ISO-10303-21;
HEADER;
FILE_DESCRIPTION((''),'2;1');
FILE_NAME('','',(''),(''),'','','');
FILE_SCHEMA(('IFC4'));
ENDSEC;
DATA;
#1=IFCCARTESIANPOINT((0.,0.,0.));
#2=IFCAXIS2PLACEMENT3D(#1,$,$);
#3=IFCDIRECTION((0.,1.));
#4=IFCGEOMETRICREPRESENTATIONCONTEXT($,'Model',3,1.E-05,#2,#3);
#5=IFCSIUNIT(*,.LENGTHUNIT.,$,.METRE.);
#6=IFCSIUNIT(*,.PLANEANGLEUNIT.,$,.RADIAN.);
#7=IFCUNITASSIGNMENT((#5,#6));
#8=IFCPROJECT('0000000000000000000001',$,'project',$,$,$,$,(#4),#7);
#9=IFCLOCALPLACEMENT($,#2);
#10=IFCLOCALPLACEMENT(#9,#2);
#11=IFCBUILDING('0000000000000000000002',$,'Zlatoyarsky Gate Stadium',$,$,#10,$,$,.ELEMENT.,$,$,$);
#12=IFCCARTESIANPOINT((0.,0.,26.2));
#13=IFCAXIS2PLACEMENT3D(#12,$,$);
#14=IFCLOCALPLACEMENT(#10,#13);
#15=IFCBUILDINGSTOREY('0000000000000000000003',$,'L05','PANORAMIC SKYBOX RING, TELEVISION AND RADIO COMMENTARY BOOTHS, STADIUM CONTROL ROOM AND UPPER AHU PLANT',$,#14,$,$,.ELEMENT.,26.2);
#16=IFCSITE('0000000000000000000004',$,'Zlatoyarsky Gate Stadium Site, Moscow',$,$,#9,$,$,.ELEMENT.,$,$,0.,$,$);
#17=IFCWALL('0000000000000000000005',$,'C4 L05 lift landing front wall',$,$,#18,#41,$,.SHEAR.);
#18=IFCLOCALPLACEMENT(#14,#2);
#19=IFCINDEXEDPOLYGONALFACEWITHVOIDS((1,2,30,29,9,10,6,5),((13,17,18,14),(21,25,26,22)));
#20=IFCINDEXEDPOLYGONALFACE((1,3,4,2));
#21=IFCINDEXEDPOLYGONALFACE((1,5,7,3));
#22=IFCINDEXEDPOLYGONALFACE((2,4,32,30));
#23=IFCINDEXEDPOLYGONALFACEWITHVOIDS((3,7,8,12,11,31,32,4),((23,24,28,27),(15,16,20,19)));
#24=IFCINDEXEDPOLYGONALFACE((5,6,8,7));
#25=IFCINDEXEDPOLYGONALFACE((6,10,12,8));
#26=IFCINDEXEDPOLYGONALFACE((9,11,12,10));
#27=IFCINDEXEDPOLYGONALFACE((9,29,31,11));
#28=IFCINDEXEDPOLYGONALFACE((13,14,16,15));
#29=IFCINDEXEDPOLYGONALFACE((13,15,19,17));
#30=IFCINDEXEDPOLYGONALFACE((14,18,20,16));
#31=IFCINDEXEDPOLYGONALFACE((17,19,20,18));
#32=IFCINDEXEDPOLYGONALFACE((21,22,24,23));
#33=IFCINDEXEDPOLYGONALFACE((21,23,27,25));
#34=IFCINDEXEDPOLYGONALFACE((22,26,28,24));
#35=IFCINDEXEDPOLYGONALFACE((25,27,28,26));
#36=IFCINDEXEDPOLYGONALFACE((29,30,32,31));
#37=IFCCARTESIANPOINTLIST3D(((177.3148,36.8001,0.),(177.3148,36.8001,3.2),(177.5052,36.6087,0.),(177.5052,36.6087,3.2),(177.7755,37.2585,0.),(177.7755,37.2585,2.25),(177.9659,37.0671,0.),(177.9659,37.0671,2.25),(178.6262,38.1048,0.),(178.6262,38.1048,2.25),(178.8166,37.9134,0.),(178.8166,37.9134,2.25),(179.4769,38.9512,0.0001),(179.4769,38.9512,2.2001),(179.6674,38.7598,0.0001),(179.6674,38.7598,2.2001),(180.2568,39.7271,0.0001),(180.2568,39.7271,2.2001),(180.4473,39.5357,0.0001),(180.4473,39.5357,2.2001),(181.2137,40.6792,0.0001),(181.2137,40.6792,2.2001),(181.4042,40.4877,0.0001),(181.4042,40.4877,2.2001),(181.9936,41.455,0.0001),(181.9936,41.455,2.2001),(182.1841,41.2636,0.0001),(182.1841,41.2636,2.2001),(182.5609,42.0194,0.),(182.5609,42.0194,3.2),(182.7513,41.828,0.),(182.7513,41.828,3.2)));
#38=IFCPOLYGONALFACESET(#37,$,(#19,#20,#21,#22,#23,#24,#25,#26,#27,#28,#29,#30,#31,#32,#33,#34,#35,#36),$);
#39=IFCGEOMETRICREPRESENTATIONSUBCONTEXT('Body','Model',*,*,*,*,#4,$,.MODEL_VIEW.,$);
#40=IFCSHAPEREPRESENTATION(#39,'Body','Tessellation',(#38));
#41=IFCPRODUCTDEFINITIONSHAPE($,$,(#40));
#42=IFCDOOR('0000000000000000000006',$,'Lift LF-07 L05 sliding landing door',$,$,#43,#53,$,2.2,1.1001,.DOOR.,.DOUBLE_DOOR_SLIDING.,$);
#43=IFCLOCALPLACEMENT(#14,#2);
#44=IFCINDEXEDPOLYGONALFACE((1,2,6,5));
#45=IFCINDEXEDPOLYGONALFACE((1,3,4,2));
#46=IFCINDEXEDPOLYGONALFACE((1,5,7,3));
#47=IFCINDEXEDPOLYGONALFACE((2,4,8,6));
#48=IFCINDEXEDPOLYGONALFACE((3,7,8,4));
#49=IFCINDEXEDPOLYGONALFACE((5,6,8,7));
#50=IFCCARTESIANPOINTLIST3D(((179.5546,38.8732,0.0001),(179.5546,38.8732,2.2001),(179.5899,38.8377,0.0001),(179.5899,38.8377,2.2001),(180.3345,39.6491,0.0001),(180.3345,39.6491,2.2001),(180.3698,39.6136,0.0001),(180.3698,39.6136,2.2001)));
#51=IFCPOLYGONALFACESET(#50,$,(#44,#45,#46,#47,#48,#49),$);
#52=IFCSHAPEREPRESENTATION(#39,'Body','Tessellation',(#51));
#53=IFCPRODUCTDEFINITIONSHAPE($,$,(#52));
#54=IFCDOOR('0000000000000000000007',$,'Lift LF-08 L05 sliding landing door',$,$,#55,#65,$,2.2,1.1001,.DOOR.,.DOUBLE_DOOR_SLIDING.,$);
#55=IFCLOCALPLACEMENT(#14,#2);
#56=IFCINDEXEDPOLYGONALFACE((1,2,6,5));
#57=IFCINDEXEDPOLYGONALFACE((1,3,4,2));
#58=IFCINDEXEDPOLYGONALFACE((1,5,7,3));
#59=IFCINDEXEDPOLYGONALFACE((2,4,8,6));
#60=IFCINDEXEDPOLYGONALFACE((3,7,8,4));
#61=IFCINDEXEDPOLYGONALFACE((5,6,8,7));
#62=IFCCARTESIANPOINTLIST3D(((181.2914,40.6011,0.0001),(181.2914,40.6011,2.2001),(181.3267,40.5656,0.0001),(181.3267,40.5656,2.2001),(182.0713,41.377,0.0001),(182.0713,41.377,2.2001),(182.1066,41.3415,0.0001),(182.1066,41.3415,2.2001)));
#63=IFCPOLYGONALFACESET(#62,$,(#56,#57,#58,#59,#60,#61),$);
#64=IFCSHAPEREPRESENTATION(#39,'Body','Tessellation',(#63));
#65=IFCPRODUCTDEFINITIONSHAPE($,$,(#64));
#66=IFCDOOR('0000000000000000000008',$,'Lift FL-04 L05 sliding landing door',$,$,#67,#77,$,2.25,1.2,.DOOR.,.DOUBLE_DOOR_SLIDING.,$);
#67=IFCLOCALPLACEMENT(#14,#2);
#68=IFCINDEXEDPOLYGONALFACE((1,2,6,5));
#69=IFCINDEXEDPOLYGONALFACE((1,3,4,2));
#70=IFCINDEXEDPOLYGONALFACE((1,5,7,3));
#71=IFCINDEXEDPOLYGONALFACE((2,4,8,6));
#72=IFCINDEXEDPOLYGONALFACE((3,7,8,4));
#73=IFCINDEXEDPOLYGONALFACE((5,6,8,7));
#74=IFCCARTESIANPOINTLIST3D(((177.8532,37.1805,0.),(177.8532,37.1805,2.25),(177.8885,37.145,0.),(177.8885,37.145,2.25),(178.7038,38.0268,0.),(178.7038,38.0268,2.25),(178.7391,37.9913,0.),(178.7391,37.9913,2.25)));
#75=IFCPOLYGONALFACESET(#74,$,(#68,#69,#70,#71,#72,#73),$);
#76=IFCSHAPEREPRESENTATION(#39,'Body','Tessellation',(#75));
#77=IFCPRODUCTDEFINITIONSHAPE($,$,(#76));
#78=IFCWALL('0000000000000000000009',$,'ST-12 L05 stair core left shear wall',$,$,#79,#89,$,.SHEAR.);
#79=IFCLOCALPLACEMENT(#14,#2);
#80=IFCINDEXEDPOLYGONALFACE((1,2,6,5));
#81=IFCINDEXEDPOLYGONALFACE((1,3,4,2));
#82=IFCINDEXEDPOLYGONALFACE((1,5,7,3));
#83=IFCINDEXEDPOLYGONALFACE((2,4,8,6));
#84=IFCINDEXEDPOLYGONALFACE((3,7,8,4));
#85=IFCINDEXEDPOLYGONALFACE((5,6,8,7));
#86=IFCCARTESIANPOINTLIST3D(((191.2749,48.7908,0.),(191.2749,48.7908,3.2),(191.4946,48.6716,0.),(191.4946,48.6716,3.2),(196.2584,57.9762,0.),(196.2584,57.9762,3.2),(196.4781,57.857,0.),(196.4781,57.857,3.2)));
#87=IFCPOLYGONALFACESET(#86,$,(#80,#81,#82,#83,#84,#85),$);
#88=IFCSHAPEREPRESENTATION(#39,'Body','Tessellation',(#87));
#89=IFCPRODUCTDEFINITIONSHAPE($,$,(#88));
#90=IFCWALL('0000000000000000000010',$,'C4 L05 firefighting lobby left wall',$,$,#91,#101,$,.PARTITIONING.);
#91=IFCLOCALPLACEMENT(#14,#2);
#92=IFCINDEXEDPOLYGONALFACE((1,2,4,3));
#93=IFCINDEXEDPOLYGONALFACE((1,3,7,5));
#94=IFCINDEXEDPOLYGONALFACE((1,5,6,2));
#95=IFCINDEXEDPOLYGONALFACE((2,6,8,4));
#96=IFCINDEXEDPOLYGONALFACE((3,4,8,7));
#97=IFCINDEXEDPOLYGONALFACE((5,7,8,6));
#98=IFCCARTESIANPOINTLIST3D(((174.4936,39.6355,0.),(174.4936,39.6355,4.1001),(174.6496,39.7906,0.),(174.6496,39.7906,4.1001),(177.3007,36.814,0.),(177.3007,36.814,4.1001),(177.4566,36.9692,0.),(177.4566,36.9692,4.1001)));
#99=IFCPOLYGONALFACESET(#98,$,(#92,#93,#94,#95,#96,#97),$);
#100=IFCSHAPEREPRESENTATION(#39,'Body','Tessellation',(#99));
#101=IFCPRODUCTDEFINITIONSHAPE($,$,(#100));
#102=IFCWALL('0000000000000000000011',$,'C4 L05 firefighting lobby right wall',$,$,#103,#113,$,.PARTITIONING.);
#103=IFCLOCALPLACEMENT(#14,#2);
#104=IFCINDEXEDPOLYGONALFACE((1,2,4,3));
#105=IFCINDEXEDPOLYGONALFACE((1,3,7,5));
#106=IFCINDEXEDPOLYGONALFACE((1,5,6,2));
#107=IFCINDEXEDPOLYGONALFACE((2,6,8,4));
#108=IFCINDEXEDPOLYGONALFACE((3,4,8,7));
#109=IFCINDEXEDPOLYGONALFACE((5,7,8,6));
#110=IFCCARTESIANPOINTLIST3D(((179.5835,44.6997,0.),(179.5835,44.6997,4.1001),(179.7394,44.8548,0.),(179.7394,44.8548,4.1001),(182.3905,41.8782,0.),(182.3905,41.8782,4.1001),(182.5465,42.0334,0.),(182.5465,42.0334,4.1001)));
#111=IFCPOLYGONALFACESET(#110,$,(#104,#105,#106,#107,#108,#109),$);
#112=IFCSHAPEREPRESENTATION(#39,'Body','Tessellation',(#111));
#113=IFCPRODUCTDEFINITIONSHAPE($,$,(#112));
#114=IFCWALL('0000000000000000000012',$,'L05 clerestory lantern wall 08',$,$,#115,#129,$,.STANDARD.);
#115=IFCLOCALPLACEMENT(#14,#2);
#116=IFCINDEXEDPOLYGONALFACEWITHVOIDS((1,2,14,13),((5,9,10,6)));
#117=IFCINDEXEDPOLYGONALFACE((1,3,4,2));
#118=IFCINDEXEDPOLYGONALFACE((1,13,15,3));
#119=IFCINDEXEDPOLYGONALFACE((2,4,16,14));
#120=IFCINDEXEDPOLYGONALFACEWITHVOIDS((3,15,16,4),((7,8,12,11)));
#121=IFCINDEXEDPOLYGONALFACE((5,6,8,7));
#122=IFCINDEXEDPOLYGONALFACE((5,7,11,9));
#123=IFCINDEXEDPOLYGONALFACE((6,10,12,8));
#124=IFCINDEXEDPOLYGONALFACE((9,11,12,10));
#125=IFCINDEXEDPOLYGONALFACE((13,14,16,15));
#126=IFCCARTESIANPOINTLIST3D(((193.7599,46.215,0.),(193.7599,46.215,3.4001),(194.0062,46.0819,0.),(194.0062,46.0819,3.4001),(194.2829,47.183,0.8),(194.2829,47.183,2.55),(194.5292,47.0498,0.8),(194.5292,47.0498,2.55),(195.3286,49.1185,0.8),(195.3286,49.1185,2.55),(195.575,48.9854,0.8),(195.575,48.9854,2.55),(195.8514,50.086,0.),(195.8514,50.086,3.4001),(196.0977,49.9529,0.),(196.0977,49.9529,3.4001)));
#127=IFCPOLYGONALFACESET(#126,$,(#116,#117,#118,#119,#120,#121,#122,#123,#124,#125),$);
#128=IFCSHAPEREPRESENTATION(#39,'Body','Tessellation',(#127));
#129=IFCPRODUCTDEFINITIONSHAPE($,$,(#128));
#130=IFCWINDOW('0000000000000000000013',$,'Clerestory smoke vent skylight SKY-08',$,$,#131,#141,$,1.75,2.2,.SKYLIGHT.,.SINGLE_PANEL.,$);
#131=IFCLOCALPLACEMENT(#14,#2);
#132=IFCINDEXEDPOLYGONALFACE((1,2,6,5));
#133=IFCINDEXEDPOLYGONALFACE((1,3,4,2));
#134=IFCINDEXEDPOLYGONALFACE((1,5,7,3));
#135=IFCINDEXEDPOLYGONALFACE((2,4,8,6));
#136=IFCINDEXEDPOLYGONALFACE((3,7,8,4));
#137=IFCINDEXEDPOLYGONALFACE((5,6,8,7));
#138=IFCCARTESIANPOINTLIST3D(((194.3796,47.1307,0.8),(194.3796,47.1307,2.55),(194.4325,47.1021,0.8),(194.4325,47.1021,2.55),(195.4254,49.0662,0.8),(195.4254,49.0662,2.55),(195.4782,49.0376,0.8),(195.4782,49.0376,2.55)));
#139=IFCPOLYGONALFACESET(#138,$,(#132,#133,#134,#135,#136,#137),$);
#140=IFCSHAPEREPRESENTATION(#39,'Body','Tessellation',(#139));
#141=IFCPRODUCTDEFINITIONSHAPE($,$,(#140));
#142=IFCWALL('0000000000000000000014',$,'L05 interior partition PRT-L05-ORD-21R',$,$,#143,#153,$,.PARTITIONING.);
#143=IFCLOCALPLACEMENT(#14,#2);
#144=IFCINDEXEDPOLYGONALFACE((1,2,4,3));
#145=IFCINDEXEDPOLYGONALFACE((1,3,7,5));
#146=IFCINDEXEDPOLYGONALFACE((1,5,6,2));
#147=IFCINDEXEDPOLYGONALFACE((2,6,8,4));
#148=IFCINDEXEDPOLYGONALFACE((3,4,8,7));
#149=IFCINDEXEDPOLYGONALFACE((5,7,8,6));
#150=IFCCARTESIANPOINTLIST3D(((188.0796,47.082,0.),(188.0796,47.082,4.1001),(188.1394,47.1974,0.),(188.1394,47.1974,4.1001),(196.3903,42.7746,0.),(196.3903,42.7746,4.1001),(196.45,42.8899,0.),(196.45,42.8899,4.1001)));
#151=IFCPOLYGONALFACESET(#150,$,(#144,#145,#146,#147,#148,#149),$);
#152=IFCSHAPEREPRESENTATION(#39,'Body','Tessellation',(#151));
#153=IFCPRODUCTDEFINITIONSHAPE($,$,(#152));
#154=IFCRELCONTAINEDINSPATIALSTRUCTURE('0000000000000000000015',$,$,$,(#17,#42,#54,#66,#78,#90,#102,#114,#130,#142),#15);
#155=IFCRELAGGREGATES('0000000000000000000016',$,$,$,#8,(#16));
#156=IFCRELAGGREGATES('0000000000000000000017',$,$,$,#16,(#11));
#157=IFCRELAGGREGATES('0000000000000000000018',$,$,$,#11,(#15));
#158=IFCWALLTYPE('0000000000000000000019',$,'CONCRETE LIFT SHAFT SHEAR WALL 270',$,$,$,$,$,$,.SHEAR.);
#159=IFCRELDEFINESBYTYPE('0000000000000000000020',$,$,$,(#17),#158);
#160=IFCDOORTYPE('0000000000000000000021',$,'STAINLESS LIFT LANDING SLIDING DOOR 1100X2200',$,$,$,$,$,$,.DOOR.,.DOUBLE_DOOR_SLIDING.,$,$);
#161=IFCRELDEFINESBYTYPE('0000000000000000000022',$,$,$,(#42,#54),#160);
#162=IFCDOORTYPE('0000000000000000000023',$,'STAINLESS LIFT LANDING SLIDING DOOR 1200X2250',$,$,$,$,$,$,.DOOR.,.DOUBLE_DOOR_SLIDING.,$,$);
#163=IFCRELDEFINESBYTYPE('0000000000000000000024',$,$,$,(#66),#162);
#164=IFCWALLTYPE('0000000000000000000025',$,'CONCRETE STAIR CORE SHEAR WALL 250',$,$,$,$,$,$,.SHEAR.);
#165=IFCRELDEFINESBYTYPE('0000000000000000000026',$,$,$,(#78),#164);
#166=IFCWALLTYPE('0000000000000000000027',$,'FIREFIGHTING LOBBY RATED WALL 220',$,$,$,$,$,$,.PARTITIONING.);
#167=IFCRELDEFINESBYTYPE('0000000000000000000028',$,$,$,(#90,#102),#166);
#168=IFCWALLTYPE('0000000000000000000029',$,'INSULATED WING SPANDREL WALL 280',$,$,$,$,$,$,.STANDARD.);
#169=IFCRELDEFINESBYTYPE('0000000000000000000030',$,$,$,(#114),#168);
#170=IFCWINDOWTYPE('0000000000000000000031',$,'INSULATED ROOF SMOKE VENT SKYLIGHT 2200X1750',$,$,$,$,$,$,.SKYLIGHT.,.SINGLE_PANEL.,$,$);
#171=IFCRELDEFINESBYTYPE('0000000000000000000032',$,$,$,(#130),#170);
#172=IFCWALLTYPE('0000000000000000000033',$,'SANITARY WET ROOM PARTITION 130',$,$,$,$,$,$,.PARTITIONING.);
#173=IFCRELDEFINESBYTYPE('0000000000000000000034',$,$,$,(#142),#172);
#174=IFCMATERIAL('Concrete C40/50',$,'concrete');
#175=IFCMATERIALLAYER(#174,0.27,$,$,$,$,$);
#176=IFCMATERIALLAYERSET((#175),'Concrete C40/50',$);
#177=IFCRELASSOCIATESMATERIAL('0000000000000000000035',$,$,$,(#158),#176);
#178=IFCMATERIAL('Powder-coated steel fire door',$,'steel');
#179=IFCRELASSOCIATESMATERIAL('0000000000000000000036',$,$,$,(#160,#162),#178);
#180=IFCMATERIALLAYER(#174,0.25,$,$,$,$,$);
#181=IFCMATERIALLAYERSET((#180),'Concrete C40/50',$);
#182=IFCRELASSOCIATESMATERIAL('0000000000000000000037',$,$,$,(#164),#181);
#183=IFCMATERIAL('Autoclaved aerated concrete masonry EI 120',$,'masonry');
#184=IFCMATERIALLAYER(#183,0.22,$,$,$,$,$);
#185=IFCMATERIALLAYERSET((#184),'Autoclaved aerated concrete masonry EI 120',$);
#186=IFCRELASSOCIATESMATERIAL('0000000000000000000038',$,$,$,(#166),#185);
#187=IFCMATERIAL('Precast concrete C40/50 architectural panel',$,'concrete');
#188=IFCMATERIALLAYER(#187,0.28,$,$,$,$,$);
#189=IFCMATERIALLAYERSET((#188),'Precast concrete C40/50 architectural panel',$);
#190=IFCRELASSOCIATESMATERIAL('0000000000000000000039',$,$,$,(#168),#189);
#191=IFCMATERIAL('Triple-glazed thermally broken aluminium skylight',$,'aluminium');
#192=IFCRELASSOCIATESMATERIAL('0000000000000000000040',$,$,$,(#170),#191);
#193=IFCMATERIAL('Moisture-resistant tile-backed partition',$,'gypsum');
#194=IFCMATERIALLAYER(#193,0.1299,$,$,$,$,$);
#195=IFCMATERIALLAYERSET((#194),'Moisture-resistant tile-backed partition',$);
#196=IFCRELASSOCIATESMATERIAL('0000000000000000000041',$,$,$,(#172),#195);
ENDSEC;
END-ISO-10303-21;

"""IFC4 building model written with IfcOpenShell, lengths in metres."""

from ifc_helpers import new_model, si_unit, direction, frame, frame_2d, origin, place, context, subcontext, project, spatial, rectangle, extrude, material, layer, layer_set, type_object, element, fill, save


model = new_model("IFC4")

# Units and contexts
model_context = context("Model", 3, precision=1e-05, world=origin(), true_north=direction((0.0, 1.0)))
body_context = subcontext(model_context, "Body", "Model", "MODEL_VIEW")
ifc_project = project(units=[si_unit("LENGTHUNIT", "METRE"), si_unit("PLANEANGLEUNIT", "RADIAN")], contexts=[model_context])

# Site, building, storey
site_placement = place(None, origin())
site = spatial("IfcSite", under=ifc_project, at=site_placement, Name="Zlatoyarsky Gate Stadium Site, Moscow", CompositionType="ELEMENT", RefElevation=0.0)
building_placement = place(site_placement, origin())
building = spatial("IfcBuilding", under=site, at=building_placement, Name="Zlatoyarsky Gate Stadium", CompositionType="ELEMENT")
storey_placement = place(building_placement, frame((0.0, 0.0, 26.2)))
storey = spatial("IfcBuildingStorey", under=building, at=storey_placement, Name="L05", Description="PANORAMIC SKYBOX RING, TELEVISION AND RADIO COMMENTARY BOOTHS, STADIUM CONTROL ROOM AND UPPER AHU PLANT", CompositionType="ELEMENT", Elevation=26.2)

# Shared definitions
ifc_material_1 = material(Name="Powder-coated steel fire door", Category="steel")

# Shared definitions
ifc_material_2 = material(Name="Concrete C40/50", Category="concrete")
ifc_layer_1 = layer(ifc_material_2, 0.27)
ifc_layer_set_1 = layer_set([ifc_layer_1], Name="Concrete C40/50")
wall_type_1 = type_object("IfcWallType", Name="CONCRETE LIFT SHAFT SHEAR WALL 270", PredefinedType="SHEAR", material=ifc_layer_set_1)

# Wall, openings, doors
wall_1_placement = place(storey_placement, frame((177.4099, 36.7043, 0.0), z_axis=(0.0, 0.0, 1.0), x_axis=(0.708919, 0.70529, 0.0)))
wall_1 = element("IfcWall", 1, at=wall_1_placement, inside=storey, type_object=wall_type_1, Name="C4 L05 lift landing front wall", PredefinedType="SHEAR", context=body_context, shape_type="SweptSolid", body=[
    extrude(rectangle(XDim=7.4001, YDim=0.27, at=frame_2d((3.7002, 0.0))), origin(), (0.0, 0.0, 1.0), 3.2),
])
opening_1_placement = place(wall_1_placement, frame((0.6499, 0.0, 0.0)))
opening_1 = element("IfcOpeningElement", 2, at=opening_1_placement, cuts=wall_1, PredefinedType="OPENING", context=body_context, shape_type="SweptSolid", body=[
    extrude(rectangle(XDim=1.2, YDim=2.25, at=frame_2d((0.6001, 1.125))), frame((0.0, 0.145, 0.0), z_axis=(0.0, -1.0, 0.0), x_axis=(1.0, 0.0, 0.0)), (0.0, 0.0, 1.0), 0.29),
])
opening_2_placement = place(wall_1_placement, frame((3.05, 0.0, 0.0)))
opening_2 = element("IfcOpeningElement", 3, at=opening_2_placement, cuts=wall_1, PredefinedType="OPENING", context=body_context, shape_type="SweptSolid", body=[
    extrude(rectangle(XDim=1.1001, YDim=2.2, at=frame_2d((0.55, 1.1001))), frame((0.0, 0.145, 0.0), z_axis=(0.0, -1.0, 0.0), x_axis=(1.0, 0.0, 0.0)), (0.0, 0.0, 1.0), 0.29),
])
opening_3_placement = place(wall_1_placement, frame((5.5, 0.0, 0.0)))
opening_3 = element("IfcOpeningElement", 4, at=opening_3_placement, cuts=wall_1, PredefinedType="OPENING", context=body_context, shape_type="SweptSolid", body=[
    extrude(rectangle(XDim=1.1001, YDim=2.2, at=frame_2d((0.55, 1.1001))), frame((0.0, 0.145, 0.0), z_axis=(0.0, -1.0, 0.0), x_axis=(1.0, 0.0, 0.0)), (0.0, 0.0, 1.0), 0.29),
])
door_type_1 = type_object("IfcDoorType", Name="STAINLESS LIFT LANDING SLIDING DOOR 1100X2200", OperationType="DOUBLE_DOOR_SLIDING", PredefinedType="DOOR", material=ifc_material_1)
door_1_placement = place(opening_2_placement, origin())
door_1 = element("IfcDoor", 5, at=door_1_placement, inside=storey, type_object=door_type_1, Name="Lift LF-07 L05 sliding landing door", OperationType="DOUBLE_DOOR_SLIDING", OverallHeight=2.2, OverallWidth=1.1001, PredefinedType="DOOR", context=body_context, shape_type="SweptSolid", body=[
    extrude(rectangle(XDim=1.1001, YDim=2.2, at=frame_2d((0.55, 1.1001))), frame((0.0, 0.0249, 0.0), z_axis=(0.0, -1.0, 0.0), x_axis=(1.0, 0.0, 0.0)), (0.0, 0.0, 1.0), 0.05),
])
fill(opening_2, door_1)
door_2_placement = place(opening_3_placement, origin())
door_2 = element("IfcDoor", 6, at=door_2_placement, inside=storey, type_object=door_type_1, Name="Lift LF-08 L05 sliding landing door", OperationType="DOUBLE_DOOR_SLIDING", OverallHeight=2.2, OverallWidth=1.1001, PredefinedType="DOOR", context=body_context, shape_type="SweptSolid", body=[
    extrude(rectangle(XDim=1.1001, YDim=2.2, at=frame_2d((0.55, 1.1001))), frame((0.0, 0.0249, 0.0), z_axis=(0.0, -1.0, 0.0), x_axis=(1.0, 0.0, 0.0)), (0.0, 0.0, 1.0), 0.05),
])
fill(opening_3, door_2)
door_type_2 = type_object("IfcDoorType", Name="STAINLESS LIFT LANDING SLIDING DOOR 1200X2250", OperationType="DOUBLE_DOOR_SLIDING", PredefinedType="DOOR", material=ifc_material_1)
door_3_placement = place(opening_1_placement, origin())
door_3 = element("IfcDoor", 7, at=door_3_placement, inside=storey, type_object=door_type_2, Name="Lift FL-04 L05 sliding landing door", OperationType="DOUBLE_DOOR_SLIDING", OverallHeight=2.25, OverallWidth=1.2, PredefinedType="DOOR", context=body_context, shape_type="SweptSolid", body=[
    extrude(rectangle(XDim=1.2, YDim=2.25, at=frame_2d((0.6001, 1.125))), frame((0.0, 0.0249, 0.0), z_axis=(0.0, -1.0, 0.0), x_axis=(1.0, 0.0, 0.0)), (0.0, 0.0, 1.0), 0.05),
])
fill(opening_1, door_3)

# Walls
ifc_layer_2 = layer(ifc_material_2, 0.25)
ifc_layer_set_2 = layer_set([ifc_layer_2], Name="Concrete C40/50")
wall_type_2 = type_object("IfcWallType", Name="CONCRETE STAIR CORE SHEAR WALL 250", PredefinedType="SHEAR", material=ifc_layer_set_2)
wall_2_placement = place(storey_placement, frame((191.3848, 48.7312, 0.0), z_axis=(0.0, 0.0, 1.0), x_axis=(0.476877, 0.87897, 0.0)))
element("IfcWall", 8, at=wall_2_placement, inside=storey, type_object=wall_type_2, Name="ST-12 L05 stair core left shear wall", PredefinedType="SHEAR", context=body_context, shape_type="SweptSolid", body=[
    extrude(rectangle(XDim=10.4502, YDim=0.25, at=frame_2d((5.2251, 0.0))), origin(), (0.0, 0.0, 1.0), 3.2),
])
ifc_material_3 = material(Name="Autoclaved aerated concrete masonry EI 120", Category="masonry")
ifc_layer_3 = layer(ifc_material_3, 0.22)
ifc_layer_set_3 = layer_set([ifc_layer_3], Name="Autoclaved aerated concrete masonry EI 120")
wall_type_3 = type_object("IfcWallType", Name="FIREFIGHTING LOBBY RATED WALL 220", PredefinedType="PARTITIONING", material=ifc_layer_set_3)
for number, where, z_axis, x_axis, name in (
    (9, (177.3787, 36.8916, 0.0), (0.0, 0.0, 1.0), (-0.705295, 0.708914, 0.0), "C4 L05 firefighting lobby left wall"),
    (10, (182.4685, 41.9558, 0.0), (0.0, 0.0, 1.0), (-0.705295, 0.708914, 0.0), "C4 L05 firefighting lobby right wall"),
):
    element("IfcWall", number, at=place(storey_placement, frame(where, z_axis=z_axis, x_axis=x_axis)), inside=storey, type_object=wall_type_3, Name=name, PredefinedType="PARTITIONING", context=body_context, shape_type="SweptSolid", body=[
        extrude(rectangle(XDim=3.98, YDim=0.22, at=frame_2d((1.99, 0.0))), origin(), (0.0, 0.0, 1.0), 4.1001),
    ])

# Wall, opening, window
ifc_material_4 = material(Name="Precast concrete C40/50 architectural panel", Category="concrete")
ifc_layer_4 = layer(ifc_material_4, 0.28)
ifc_layer_set_4 = layer_set([ifc_layer_4], Name="Precast concrete C40/50 architectural panel")
wall_type_4 = type_object("IfcWallType", Name="INSULATED WING SPANDREL WALL 280", PredefinedType="STANDARD", material=ifc_layer_set_4)
wall_3_placement = place(storey_placement, frame((193.8831, 46.1484, 0.0), z_axis=(0.0, 0.0, 1.0), x_axis=(0.475353, 0.879795, 0.0)))
wall_3 = element("IfcWall", 11, at=wall_3_placement, inside=storey, type_object=wall_type_4, Name="L05 clerestory lantern wall 08", PredefinedType="STANDARD", context=body_context, shape_type="SweptSolid", body=[
    extrude(rectangle(XDim=4.3999, YDim=0.28, at=frame_2d((2.2, 0.0))), origin(), (0.0, 0.0, 1.0), 3.4001),
])
opening_4_placement = place(wall_3_placement, frame((1.1001, 0.0, 0.8)))
opening_4 = element("IfcOpeningElement", 12, at=opening_4_placement, cuts=wall_3, PredefinedType="OPENING", context=body_context, shape_type="SweptSolid", body=[
    extrude(rectangle(XDim=2.2, YDim=1.75, at=frame_2d((1.1001, 0.875))), frame((0.0, 0.1499, 0.0), z_axis=(0.0, -1.0, 0.0), x_axis=(1.0, 0.0, 0.0)), (0.0, 0.0, 1.0), 0.3),
])
ifc_material_5 = material(Name="Triple-glazed thermally broken aluminium skylight", Category="aluminium")
window_type = type_object("IfcWindowType", Name="INSULATED ROOF SMOKE VENT SKYLIGHT 2200X1750", PartitioningType="SINGLE_PANEL", PredefinedType="SKYLIGHT", material=ifc_material_5)
window_placement = place(opening_4_placement, origin())
window = element("IfcWindow", 13, at=window_placement, inside=storey, type_object=window_type, Name="Clerestory smoke vent skylight SKY-08", OverallHeight=1.75, OverallWidth=2.2, PartitioningType="SINGLE_PANEL", PredefinedType="SKYLIGHT", context=body_context, shape_type="SweptSolid", body=[
    extrude(rectangle(XDim=2.2, YDim=1.75, at=frame_2d((1.1001, 0.875))), frame((0.0, 0.03, 0.0), z_axis=(0.0, -1.0, 0.0), x_axis=(1.0, 0.0, 0.0)), (0.0, 0.0, 1.0), 0.0601),
])
fill(opening_4, window)

# Wall
ifc_material_6 = material(Name="Moisture-resistant tile-backed partition", Category="gypsum")
ifc_layer_5 = layer(ifc_material_6, 0.1299)
ifc_layer_set_5 = layer_set([ifc_layer_5], Name="Moisture-resistant tile-backed partition")
wall_type_5 = type_object("IfcWallType", Name="SANITARY WET ROOM PARTITION 130", PredefinedType="PARTITIONING", material=ifc_layer_set_5)
wall_4_placement = place(storey_placement, frame((188.1096, 47.1396, 0.0), z_axis=(0.0, 0.0, 1.0), x_axis=(0.887833, -0.460166, 0.0)))
element("IfcWall", 14, at=wall_4_placement, inside=storey, type_object=wall_type_5, Name="L05 interior partition PRT-L05-ORD-21R", PredefinedType="PARTITIONING", context=body_context, shape_type="SweptSolid", body=[
    extrude(rectangle(XDim=9.3606, YDim=0.1299, at=frame_2d((4.6802, 0.0))), origin(), (0.0, 0.0, 1.0), 4.1001),
])

save(model, "model.ifc")
